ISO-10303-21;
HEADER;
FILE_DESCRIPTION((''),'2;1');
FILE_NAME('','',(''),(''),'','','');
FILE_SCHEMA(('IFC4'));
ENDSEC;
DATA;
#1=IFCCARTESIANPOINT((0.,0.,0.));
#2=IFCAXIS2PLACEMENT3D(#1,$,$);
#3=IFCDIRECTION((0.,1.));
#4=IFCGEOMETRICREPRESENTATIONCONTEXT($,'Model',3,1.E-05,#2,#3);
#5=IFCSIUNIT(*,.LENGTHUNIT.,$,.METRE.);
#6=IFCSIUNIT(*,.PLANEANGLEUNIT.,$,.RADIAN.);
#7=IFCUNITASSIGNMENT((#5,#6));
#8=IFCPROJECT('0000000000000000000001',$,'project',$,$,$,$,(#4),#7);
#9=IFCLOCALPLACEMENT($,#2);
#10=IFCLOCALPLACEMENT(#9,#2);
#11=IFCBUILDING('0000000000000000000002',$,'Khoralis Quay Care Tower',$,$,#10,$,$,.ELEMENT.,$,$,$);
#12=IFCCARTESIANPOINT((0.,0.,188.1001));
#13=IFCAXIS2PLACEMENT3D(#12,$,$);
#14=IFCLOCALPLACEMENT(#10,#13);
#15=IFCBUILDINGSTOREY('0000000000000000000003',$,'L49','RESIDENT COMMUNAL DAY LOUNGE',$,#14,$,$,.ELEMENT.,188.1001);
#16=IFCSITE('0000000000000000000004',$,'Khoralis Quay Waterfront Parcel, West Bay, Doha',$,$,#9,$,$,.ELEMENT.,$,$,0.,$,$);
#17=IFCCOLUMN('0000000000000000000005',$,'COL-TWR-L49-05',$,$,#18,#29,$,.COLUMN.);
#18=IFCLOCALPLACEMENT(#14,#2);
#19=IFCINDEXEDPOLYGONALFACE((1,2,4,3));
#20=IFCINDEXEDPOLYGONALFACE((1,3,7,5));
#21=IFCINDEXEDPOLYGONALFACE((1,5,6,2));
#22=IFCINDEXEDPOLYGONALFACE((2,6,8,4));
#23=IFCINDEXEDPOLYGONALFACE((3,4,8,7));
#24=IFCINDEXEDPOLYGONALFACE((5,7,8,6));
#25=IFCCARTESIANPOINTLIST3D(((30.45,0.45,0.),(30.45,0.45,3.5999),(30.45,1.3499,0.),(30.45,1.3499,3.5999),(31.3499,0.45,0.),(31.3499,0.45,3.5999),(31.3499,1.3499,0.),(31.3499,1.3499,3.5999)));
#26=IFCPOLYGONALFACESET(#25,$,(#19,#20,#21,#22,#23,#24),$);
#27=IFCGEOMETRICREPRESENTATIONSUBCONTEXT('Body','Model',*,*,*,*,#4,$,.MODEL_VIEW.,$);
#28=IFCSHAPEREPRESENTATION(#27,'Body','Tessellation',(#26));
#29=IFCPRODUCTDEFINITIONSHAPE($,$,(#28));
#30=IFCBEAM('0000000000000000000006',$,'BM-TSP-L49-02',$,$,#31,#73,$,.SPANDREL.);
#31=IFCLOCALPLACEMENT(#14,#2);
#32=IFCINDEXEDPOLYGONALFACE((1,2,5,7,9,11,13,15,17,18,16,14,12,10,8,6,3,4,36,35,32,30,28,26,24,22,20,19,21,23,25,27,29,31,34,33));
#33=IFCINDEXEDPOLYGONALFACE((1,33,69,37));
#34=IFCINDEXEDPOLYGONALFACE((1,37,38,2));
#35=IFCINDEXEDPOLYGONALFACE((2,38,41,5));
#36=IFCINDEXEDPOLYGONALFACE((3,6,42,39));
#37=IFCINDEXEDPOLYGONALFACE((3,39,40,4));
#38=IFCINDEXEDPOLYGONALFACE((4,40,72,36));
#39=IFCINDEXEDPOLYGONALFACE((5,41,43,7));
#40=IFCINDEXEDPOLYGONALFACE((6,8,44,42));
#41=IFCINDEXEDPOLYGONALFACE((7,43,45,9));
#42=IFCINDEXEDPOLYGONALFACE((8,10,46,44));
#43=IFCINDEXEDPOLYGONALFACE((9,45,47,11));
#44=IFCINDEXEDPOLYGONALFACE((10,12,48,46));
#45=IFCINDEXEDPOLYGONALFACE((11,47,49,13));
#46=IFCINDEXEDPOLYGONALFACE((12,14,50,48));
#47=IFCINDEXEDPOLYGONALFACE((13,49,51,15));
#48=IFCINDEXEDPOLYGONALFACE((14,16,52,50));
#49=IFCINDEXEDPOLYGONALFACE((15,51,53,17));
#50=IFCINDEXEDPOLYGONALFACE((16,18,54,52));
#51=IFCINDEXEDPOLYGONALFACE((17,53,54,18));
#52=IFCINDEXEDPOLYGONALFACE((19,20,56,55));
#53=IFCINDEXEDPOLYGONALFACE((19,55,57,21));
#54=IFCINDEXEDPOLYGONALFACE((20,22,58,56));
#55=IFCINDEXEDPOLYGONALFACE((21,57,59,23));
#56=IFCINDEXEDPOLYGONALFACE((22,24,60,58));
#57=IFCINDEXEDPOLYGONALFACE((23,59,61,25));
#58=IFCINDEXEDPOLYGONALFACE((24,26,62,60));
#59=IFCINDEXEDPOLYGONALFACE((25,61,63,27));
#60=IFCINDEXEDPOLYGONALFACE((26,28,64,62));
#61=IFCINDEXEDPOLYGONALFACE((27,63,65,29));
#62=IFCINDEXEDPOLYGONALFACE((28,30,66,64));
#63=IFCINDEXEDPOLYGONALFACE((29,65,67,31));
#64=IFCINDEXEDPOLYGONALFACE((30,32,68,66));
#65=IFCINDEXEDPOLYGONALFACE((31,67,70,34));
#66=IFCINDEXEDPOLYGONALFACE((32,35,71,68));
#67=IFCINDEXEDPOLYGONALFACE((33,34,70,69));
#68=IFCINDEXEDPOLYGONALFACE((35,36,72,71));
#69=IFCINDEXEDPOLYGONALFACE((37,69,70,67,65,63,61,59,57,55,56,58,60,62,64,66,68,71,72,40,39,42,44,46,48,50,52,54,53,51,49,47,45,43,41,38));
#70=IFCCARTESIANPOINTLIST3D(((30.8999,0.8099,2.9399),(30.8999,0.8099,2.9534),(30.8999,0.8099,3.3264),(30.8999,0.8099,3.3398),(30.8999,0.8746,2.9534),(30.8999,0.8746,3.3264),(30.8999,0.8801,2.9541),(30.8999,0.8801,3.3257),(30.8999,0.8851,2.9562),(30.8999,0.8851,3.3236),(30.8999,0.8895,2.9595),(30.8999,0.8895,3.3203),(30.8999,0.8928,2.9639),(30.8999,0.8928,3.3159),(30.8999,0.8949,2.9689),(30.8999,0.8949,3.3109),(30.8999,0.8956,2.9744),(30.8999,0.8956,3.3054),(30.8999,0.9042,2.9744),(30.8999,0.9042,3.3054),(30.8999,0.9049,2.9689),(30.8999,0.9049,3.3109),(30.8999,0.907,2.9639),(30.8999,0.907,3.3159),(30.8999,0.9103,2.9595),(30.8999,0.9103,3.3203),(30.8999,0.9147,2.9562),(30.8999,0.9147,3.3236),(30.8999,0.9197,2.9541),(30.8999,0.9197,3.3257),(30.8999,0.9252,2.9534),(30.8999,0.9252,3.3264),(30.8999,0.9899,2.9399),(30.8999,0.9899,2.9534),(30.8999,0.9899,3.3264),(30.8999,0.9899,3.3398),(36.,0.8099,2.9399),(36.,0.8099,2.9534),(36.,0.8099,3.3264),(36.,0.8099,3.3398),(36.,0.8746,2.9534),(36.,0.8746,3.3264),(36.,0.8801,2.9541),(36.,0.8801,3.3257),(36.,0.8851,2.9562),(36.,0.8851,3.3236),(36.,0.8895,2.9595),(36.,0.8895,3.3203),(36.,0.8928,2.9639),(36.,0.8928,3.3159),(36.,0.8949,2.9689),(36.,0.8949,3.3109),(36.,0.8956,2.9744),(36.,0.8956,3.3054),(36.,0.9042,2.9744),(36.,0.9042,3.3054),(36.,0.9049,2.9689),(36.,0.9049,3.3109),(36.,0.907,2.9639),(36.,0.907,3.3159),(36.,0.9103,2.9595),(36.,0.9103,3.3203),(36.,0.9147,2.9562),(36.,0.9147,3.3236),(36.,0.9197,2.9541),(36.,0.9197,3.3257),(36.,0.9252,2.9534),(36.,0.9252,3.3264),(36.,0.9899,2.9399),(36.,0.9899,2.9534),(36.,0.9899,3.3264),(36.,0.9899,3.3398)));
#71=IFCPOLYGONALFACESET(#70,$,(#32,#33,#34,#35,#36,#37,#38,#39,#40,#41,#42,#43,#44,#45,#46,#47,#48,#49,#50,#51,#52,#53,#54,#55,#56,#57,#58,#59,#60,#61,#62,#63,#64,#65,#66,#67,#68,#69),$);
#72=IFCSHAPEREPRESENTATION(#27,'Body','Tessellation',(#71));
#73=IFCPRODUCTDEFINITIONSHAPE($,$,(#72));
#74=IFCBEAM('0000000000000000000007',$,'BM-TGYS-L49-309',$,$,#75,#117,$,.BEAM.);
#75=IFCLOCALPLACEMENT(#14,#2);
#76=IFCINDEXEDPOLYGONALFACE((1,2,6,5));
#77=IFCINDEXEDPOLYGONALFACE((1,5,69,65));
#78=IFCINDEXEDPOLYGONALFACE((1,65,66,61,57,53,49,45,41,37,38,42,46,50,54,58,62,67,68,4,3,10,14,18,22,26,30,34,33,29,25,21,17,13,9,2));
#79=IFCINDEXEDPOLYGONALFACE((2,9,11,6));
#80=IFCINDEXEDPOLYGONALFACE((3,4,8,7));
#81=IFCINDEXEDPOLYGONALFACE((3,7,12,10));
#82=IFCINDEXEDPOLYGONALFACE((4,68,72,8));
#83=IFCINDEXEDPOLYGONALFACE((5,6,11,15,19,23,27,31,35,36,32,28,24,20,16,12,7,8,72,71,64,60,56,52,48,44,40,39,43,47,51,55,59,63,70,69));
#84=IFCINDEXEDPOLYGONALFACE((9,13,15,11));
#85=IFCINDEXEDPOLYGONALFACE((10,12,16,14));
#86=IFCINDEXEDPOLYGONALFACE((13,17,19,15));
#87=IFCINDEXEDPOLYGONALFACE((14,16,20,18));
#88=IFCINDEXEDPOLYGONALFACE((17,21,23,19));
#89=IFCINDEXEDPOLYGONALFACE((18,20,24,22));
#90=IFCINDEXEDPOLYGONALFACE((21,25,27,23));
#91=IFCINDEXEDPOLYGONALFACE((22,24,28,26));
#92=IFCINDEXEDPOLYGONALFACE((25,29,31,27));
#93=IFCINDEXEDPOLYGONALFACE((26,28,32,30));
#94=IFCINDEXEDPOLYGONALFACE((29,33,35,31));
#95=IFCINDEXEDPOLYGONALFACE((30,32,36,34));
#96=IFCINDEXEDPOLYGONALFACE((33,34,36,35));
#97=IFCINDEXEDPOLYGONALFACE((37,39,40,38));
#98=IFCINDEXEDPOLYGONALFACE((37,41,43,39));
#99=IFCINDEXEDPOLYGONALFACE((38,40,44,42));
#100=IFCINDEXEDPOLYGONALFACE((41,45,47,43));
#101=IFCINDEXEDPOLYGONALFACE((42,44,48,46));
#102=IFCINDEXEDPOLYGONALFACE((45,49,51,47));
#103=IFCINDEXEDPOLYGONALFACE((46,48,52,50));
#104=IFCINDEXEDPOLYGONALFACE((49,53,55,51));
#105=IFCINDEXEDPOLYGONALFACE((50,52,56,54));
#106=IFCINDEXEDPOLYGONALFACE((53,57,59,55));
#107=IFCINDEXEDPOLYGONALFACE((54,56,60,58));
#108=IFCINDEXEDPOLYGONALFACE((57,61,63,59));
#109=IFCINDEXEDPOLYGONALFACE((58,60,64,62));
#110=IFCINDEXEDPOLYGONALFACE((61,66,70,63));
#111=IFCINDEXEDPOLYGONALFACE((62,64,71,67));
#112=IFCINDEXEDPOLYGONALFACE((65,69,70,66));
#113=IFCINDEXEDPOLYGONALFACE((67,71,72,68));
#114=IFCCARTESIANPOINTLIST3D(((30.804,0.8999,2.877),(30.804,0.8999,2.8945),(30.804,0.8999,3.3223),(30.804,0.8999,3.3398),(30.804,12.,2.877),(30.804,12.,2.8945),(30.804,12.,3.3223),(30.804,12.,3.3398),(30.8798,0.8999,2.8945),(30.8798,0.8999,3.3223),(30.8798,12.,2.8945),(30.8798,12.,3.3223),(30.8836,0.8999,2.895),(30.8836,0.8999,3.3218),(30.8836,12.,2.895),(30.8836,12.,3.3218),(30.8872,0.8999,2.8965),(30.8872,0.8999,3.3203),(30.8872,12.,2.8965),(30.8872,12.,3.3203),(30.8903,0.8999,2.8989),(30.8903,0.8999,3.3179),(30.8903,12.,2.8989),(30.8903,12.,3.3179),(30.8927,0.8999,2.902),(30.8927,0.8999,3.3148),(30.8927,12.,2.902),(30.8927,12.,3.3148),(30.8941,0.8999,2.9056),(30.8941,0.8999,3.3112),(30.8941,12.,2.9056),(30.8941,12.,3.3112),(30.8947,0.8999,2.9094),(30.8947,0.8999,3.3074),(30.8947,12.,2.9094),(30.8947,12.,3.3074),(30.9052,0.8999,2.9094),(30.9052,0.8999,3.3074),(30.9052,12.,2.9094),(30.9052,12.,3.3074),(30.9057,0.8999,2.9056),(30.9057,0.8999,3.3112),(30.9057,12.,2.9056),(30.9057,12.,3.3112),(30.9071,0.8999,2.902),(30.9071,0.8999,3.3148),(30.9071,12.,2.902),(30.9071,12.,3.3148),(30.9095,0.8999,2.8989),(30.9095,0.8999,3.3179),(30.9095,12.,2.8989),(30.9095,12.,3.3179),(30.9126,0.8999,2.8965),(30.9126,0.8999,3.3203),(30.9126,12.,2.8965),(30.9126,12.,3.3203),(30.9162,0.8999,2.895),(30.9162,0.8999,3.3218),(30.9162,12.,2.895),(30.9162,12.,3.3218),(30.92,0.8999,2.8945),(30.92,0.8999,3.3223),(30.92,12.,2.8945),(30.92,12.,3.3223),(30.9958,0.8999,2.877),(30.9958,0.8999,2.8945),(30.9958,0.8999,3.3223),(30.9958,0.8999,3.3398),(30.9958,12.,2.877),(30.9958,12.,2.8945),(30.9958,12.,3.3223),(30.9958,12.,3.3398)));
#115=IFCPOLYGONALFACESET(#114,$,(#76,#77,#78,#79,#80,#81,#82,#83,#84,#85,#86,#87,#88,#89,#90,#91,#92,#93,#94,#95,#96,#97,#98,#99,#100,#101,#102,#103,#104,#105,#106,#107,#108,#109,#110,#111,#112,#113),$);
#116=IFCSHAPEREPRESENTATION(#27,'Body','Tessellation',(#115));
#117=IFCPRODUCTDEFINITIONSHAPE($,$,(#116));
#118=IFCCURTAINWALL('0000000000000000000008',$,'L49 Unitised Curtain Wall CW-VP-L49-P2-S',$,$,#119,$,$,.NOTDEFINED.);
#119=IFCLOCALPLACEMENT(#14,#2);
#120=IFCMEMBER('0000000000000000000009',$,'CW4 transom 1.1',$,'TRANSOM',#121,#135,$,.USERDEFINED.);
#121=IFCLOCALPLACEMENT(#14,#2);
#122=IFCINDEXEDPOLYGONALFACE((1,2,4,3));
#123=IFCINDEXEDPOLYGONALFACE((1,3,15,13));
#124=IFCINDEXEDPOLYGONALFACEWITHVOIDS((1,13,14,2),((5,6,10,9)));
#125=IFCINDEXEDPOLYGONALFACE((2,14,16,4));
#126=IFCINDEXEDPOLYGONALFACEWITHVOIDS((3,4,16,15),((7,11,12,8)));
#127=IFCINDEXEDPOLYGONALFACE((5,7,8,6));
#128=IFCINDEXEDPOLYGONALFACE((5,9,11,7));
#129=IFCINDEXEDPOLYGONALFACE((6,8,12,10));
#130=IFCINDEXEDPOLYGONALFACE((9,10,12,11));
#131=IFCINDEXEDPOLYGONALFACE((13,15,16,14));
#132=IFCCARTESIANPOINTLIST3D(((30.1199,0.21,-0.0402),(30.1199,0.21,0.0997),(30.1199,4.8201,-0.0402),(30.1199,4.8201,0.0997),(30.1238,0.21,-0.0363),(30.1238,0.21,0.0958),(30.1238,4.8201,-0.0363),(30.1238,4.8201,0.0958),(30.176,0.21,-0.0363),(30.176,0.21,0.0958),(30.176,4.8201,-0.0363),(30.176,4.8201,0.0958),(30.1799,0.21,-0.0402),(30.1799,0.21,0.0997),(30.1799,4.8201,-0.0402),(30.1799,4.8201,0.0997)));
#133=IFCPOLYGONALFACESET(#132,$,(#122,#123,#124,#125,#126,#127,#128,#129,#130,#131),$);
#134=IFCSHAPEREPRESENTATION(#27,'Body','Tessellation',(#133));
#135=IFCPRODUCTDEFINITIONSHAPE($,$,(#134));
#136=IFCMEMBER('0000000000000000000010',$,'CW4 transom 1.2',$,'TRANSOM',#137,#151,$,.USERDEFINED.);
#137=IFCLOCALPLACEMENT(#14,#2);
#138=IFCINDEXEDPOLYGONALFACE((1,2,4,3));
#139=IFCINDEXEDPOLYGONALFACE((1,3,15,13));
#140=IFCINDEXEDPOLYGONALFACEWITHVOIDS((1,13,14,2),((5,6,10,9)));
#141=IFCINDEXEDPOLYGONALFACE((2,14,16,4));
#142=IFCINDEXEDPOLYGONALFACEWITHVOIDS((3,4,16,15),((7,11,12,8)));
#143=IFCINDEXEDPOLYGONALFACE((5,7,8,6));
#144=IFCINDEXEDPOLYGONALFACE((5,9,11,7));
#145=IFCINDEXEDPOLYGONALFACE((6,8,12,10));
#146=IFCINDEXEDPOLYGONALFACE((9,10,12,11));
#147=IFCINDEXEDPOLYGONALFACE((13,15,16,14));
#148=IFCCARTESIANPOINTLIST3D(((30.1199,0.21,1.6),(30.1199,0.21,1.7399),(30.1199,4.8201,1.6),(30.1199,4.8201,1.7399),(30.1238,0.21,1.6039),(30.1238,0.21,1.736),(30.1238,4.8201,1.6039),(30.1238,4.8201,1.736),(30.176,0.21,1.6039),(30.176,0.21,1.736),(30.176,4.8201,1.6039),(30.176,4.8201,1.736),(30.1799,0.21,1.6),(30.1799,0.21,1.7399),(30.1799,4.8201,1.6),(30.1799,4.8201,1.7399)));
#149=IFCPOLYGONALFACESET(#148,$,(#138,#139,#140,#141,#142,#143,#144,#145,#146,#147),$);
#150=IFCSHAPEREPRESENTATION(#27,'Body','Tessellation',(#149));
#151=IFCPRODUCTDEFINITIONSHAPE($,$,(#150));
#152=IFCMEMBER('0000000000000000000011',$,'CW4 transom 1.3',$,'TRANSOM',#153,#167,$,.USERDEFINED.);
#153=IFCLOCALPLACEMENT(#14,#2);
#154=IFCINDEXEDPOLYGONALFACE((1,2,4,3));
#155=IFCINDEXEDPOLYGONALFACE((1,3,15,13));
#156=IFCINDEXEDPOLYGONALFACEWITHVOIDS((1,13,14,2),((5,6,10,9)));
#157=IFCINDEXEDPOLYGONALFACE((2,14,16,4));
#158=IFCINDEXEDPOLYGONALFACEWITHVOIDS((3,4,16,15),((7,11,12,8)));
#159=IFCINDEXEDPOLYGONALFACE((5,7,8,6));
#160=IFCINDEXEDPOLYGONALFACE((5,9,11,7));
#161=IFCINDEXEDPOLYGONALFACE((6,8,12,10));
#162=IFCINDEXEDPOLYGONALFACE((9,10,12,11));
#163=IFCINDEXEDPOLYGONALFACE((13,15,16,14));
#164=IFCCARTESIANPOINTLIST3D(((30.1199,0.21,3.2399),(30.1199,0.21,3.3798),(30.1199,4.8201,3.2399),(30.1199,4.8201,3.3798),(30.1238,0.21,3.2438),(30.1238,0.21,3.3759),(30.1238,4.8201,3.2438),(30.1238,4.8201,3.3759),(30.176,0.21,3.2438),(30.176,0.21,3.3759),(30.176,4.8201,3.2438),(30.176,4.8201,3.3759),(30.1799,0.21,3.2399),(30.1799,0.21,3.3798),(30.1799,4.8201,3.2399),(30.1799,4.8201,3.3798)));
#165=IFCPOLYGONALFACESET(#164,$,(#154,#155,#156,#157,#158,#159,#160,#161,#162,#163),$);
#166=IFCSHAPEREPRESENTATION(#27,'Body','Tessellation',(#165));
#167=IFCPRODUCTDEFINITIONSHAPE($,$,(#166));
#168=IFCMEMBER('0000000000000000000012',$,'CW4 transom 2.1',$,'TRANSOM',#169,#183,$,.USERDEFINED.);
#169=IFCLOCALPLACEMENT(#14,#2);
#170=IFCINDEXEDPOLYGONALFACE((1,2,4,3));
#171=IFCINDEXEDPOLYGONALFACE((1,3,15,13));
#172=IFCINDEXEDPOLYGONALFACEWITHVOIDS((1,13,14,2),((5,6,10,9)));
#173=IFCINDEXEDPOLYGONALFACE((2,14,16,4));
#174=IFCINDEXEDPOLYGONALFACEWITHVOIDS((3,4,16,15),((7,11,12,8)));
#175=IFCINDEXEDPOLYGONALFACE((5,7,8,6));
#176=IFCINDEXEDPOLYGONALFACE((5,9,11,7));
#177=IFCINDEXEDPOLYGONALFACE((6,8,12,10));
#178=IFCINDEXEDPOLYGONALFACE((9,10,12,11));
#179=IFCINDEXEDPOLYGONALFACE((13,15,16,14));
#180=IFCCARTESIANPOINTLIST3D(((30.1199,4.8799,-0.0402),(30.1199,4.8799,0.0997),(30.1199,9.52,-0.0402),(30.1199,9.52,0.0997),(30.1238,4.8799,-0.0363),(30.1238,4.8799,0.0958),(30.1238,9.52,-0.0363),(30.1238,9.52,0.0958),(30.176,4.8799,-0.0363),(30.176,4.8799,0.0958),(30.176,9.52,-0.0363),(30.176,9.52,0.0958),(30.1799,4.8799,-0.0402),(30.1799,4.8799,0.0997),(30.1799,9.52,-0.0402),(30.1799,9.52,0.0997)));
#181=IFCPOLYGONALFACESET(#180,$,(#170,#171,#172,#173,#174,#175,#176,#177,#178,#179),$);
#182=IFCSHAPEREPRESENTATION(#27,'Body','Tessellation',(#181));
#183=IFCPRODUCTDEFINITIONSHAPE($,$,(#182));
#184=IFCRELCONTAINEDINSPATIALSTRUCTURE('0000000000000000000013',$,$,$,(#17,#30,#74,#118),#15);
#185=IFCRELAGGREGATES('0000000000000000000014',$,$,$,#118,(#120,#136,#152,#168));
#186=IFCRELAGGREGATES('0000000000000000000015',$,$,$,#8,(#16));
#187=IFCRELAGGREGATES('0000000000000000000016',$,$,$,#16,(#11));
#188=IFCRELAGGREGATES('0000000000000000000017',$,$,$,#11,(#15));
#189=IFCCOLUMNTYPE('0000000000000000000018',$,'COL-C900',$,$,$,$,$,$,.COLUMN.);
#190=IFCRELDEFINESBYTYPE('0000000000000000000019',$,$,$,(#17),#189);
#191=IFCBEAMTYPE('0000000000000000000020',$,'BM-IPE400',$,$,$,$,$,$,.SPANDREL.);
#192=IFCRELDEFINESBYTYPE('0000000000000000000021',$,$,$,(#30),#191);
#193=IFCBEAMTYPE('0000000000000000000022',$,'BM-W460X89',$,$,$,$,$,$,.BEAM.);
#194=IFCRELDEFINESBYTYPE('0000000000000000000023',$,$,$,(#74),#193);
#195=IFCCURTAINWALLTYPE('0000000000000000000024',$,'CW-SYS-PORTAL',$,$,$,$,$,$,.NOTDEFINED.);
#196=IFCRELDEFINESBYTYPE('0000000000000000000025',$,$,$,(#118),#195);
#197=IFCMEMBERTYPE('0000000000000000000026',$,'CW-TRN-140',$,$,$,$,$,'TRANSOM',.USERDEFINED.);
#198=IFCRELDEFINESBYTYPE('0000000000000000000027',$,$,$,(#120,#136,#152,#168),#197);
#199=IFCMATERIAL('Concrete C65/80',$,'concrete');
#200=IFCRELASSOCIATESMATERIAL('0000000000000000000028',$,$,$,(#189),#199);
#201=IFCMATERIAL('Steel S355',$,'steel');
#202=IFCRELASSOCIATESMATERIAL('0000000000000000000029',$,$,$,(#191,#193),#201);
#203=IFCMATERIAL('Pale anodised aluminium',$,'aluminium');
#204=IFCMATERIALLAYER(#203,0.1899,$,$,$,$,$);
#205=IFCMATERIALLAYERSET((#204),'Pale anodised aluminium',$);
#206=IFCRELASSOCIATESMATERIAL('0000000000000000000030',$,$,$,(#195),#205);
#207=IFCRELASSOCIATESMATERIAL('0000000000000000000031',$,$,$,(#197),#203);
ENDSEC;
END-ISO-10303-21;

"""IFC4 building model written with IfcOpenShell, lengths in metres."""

from ifc_helpers import new_model, si_unit, direction, frame, origin, origin_2d, place, context, subcontext, project, spatial, rectangle, hollow_rectangle, i_section, extrude, source, transform, mapped, material, layer, layer_set, material_profile, profile_set, type_object, element, aggregate, save


model = new_model("IFC4")

# Units and contexts
model_context = context("Model", 3, precision=1e-05, world=origin(), true_north=direction((0.0, 1.0)))
body_context = subcontext(model_context, "Body", "Model", "MODEL_VIEW")
ifc_project = project(units=[si_unit("LENGTHUNIT", "METRE"), si_unit("PLANEANGLEUNIT", "RADIAN")], contexts=[model_context])

# Site, building, storey
site_placement = place(None, origin())
site = spatial("IfcSite", under=ifc_project, at=site_placement, Name="Khoralis Quay Waterfront Parcel, West Bay, Doha", CompositionType="ELEMENT", RefElevation=0.0)
building_placement = place(site_placement, origin())
building = spatial("IfcBuilding", under=site, at=building_placement, Name="Khoralis Quay Care Tower", CompositionType="ELEMENT")
storey_placement = place(building_placement, frame((0.0, 0.0, 188.1001)))
storey = spatial("IfcBuildingStorey", under=building, at=storey_placement, Name="L49", Description="RESIDENT COMMUNAL DAY LOUNGE", CompositionType="ELEMENT", Elevation=188.1001)

# Column
ifc_material_1 = material(Name="Concrete C65/80", Category="concrete")
ifc_material_profile_1 = material_profile(ifc_material_1, rectangle(XDim=0.8999, YDim=0.8999, at=origin_2d()), Name="Concrete C65/80")
ifc_profile_set_1 = profile_set([ifc_material_profile_1], Name="Concrete C65/80")
column_type = type_object("IfcColumnType", Name="COL-C900", PredefinedType="COLUMN", material=ifc_profile_set_1)
shared_shape_1 = source(origin(), body_context, "Body", "SweptSolid", [
    extrude(rectangle(XDim=0.8999, YDim=0.8999, at=origin_2d()), origin(), (0.0, 0.0, 1.0), 3.5999),
])
column_placement = place(storey_placement, frame((30.8999, 0.8999, 0.0), z_axis=(0.0, 0.0, 1.0), x_axis=(1.0, 0.0, 0.0)))
element("IfcColumn", 1, at=column_placement, inside=storey, type_object=column_type, Name="COL-TWR-L49-05", PredefinedType="COLUMN", context=body_context, shape_type="MappedRepresentation", body=[
    mapped(shared_shape_1, transform((0.0, 0.0, 0.0), scale=1.0)),
])

# Beams
ifc_material_2 = material(Name="Steel S355", Category="steel")
ifc_material_profile_2 = material_profile(ifc_material_2, i_section(OverallWidth=0.1799, OverallDepth=0.3999, WebThickness=0.0085, FlangeThickness=0.0134, FilletRadius=0.021, at=origin_2d()), Name="Steel S355")
ifc_profile_set_2 = profile_set([ifc_material_profile_2], Name="Steel S355")
beam_type_1 = type_object("IfcBeamType", Name="BM-IPE400", PredefinedType="SPANDREL", material=ifc_profile_set_2)
shared_shape_2 = source(origin(), body_context, "Body", "SweptSolid", [
    extrude(i_section(OverallWidth=0.1799, OverallDepth=0.3999, WebThickness=0.0085, FlangeThickness=0.0134, FilletRadius=0.021, at=origin_2d()), origin(), (0.0, 0.0, 1.0), 5.1001),
])
beam_1_placement = place(storey_placement, frame((30.8999, 0.8999, 3.1399), z_axis=(1.0, 0.0, 0.0), x_axis=(0.0, 1.0, 0.0)))
element("IfcBeam", 2, at=beam_1_placement, inside=storey, type_object=beam_type_1, Name="BM-TSP-L49-02", PredefinedType="SPANDREL", context=body_context, shape_type="MappedRepresentation", body=[
    mapped(shared_shape_2, transform((0.0, 0.0, 0.0), scale=1.0)),
])
ifc_material_profile_3 = material_profile(ifc_material_2, i_section(OverallWidth=0.1919, OverallDepth=0.4629, WebThickness=0.0105, FlangeThickness=0.0176, FilletRadius=0.0149, at=origin_2d()), Name="Steel S355")
ifc_profile_set_3 = profile_set([ifc_material_profile_3], Name="Steel S355")
beam_type_2 = type_object("IfcBeamType", Name="BM-W460X89", PredefinedType="BEAM", material=ifc_profile_set_3)
shared_shape_3 = source(origin(), body_context, "Body", "SweptSolid", [
    extrude(i_section(OverallWidth=0.1919, OverallDepth=0.4629, WebThickness=0.0105, FlangeThickness=0.0176, FilletRadius=0.0149, at=origin_2d()), origin(), (0.0, 0.0, 1.0), 11.1001),
])
beam_2_placement = place(storey_placement, frame((30.8999, 0.8999, 3.1084), z_axis=(0.0, 1.0, 0.0), x_axis=(-1.0, 0.0, 0.0)))
element("IfcBeam", 3, at=beam_2_placement, inside=storey, type_object=beam_type_2, Name="BM-TGYS-L49-309", PredefinedType="BEAM", context=body_context, shape_type="MappedRepresentation", body=[
    mapped(shared_shape_3, transform((0.0, 0.0, 0.0), scale=1.0)),
])

# Curtain wall, members
ifc_material_3 = material(Name="Pale anodised aluminium", Category="aluminium")
ifc_layer_1 = layer(ifc_material_3, 0.1899)
ifc_layer_set_1 = layer_set([ifc_layer_1], Name="Pale anodised aluminium")
curtain_wall_type = type_object("IfcCurtainWallType", Name="CW-SYS-PORTAL", PredefinedType="NOTDEFINED", material=ifc_layer_set_1)
curtain_wall_placement = place(storey_placement, origin())
curtain_wall = element("IfcCurtainWall", 4, at=curtain_wall_placement, inside=storey, type_object=curtain_wall_type, Name="L49 Unitised Curtain Wall CW-VP-L49-P2-S", PredefinedType="NOTDEFINED")
ifc_material_profile_4 = material_profile(ifc_material_3, hollow_rectangle(XDim=0.0601, YDim=0.1399, WallThickness=0.0039, at=origin_2d()), Name="Pale anodised aluminium")
ifc_profile_set_4 = profile_set([ifc_material_profile_4], Name="Pale anodised aluminium")
member_type_1 = type_object("IfcMemberType", Name="CW-TRN-140", ElementType="TRANSOM", PredefinedType="USERDEFINED", material=ifc_profile_set_4)
shared_shape_4 = source(origin(), body_context, "Body", "SweptSolid", [
    extrude(hollow_rectangle(XDim=0.0601, YDim=0.1399, WallThickness=0.0039, at=origin_2d()), origin(), (0.0, 0.0, 1.0), 4.6101),
])
member_1_placement = place(storey_placement, frame((30.1499, 0.21, 0.0298), z_axis=(0.0, 1.0, 0.0), x_axis=(-1.0, 0.0, 0.0)))
member_1 = element("IfcMember", 5, at=member_1_placement, type_object=member_type_1, Name="CW4 transom 1.1", ObjectType="TRANSOM", PredefinedType="USERDEFINED", context=body_context, shape_type="MappedRepresentation", body=[
    mapped(shared_shape_4, transform((0.0, 0.0, 0.0), scale=1.0)),
])
member_2_placement = place(storey_placement, frame((30.1499, 0.21, 1.6699), z_axis=(0.0, 1.0, 0.0), x_axis=(-1.0, 0.0, 0.0)))
member_2 = element("IfcMember", 6, at=member_2_placement, type_object=member_type_1, Name="CW4 transom 1.2", ObjectType="TRANSOM", PredefinedType="USERDEFINED", context=body_context, shape_type="MappedRepresentation", body=[
    mapped(shared_shape_4, transform((0.0, 0.0, 0.0), scale=1.0)),
])
member_3_placement = place(storey_placement, frame((30.1499, 0.21, 3.3098), z_axis=(0.0, 1.0, 0.0), x_axis=(-1.0, 0.0, 0.0)))
member_3 = element("IfcMember", 7, at=member_3_placement, type_object=member_type_1, Name="CW4 transom 1.3", ObjectType="TRANSOM", PredefinedType="USERDEFINED", context=body_context, shape_type="MappedRepresentation", body=[
    mapped(shared_shape_4, transform((0.0, 0.0, 0.0), scale=1.0)),
])
shared_shape_5 = source(origin(), body_context, "Body", "SweptSolid", [
    extrude(hollow_rectangle(XDim=0.0601, YDim=0.1399, WallThickness=0.0039, at=origin_2d()), origin(), (0.0, 0.0, 1.0), 4.6401),
])
member_4_placement = place(storey_placement, frame((30.1499, 4.8799, 0.0298), z_axis=(0.0, 1.0, 0.0), x_axis=(-1.0, 0.0, 0.0)))
member_4 = element("IfcMember", 8, at=member_4_placement, type_object=member_type_1, Name="CW4 transom 2.1", ObjectType="TRANSOM", PredefinedType="USERDEFINED", context=body_context, shape_type="MappedRepresentation", body=[
    mapped(shared_shape_5, transform((0.0, 0.0, 0.0), scale=1.0)),
])
aggregate(curtain_wall, [member_1, member_2, member_3, member_4])

save(model, "model.ifc")
